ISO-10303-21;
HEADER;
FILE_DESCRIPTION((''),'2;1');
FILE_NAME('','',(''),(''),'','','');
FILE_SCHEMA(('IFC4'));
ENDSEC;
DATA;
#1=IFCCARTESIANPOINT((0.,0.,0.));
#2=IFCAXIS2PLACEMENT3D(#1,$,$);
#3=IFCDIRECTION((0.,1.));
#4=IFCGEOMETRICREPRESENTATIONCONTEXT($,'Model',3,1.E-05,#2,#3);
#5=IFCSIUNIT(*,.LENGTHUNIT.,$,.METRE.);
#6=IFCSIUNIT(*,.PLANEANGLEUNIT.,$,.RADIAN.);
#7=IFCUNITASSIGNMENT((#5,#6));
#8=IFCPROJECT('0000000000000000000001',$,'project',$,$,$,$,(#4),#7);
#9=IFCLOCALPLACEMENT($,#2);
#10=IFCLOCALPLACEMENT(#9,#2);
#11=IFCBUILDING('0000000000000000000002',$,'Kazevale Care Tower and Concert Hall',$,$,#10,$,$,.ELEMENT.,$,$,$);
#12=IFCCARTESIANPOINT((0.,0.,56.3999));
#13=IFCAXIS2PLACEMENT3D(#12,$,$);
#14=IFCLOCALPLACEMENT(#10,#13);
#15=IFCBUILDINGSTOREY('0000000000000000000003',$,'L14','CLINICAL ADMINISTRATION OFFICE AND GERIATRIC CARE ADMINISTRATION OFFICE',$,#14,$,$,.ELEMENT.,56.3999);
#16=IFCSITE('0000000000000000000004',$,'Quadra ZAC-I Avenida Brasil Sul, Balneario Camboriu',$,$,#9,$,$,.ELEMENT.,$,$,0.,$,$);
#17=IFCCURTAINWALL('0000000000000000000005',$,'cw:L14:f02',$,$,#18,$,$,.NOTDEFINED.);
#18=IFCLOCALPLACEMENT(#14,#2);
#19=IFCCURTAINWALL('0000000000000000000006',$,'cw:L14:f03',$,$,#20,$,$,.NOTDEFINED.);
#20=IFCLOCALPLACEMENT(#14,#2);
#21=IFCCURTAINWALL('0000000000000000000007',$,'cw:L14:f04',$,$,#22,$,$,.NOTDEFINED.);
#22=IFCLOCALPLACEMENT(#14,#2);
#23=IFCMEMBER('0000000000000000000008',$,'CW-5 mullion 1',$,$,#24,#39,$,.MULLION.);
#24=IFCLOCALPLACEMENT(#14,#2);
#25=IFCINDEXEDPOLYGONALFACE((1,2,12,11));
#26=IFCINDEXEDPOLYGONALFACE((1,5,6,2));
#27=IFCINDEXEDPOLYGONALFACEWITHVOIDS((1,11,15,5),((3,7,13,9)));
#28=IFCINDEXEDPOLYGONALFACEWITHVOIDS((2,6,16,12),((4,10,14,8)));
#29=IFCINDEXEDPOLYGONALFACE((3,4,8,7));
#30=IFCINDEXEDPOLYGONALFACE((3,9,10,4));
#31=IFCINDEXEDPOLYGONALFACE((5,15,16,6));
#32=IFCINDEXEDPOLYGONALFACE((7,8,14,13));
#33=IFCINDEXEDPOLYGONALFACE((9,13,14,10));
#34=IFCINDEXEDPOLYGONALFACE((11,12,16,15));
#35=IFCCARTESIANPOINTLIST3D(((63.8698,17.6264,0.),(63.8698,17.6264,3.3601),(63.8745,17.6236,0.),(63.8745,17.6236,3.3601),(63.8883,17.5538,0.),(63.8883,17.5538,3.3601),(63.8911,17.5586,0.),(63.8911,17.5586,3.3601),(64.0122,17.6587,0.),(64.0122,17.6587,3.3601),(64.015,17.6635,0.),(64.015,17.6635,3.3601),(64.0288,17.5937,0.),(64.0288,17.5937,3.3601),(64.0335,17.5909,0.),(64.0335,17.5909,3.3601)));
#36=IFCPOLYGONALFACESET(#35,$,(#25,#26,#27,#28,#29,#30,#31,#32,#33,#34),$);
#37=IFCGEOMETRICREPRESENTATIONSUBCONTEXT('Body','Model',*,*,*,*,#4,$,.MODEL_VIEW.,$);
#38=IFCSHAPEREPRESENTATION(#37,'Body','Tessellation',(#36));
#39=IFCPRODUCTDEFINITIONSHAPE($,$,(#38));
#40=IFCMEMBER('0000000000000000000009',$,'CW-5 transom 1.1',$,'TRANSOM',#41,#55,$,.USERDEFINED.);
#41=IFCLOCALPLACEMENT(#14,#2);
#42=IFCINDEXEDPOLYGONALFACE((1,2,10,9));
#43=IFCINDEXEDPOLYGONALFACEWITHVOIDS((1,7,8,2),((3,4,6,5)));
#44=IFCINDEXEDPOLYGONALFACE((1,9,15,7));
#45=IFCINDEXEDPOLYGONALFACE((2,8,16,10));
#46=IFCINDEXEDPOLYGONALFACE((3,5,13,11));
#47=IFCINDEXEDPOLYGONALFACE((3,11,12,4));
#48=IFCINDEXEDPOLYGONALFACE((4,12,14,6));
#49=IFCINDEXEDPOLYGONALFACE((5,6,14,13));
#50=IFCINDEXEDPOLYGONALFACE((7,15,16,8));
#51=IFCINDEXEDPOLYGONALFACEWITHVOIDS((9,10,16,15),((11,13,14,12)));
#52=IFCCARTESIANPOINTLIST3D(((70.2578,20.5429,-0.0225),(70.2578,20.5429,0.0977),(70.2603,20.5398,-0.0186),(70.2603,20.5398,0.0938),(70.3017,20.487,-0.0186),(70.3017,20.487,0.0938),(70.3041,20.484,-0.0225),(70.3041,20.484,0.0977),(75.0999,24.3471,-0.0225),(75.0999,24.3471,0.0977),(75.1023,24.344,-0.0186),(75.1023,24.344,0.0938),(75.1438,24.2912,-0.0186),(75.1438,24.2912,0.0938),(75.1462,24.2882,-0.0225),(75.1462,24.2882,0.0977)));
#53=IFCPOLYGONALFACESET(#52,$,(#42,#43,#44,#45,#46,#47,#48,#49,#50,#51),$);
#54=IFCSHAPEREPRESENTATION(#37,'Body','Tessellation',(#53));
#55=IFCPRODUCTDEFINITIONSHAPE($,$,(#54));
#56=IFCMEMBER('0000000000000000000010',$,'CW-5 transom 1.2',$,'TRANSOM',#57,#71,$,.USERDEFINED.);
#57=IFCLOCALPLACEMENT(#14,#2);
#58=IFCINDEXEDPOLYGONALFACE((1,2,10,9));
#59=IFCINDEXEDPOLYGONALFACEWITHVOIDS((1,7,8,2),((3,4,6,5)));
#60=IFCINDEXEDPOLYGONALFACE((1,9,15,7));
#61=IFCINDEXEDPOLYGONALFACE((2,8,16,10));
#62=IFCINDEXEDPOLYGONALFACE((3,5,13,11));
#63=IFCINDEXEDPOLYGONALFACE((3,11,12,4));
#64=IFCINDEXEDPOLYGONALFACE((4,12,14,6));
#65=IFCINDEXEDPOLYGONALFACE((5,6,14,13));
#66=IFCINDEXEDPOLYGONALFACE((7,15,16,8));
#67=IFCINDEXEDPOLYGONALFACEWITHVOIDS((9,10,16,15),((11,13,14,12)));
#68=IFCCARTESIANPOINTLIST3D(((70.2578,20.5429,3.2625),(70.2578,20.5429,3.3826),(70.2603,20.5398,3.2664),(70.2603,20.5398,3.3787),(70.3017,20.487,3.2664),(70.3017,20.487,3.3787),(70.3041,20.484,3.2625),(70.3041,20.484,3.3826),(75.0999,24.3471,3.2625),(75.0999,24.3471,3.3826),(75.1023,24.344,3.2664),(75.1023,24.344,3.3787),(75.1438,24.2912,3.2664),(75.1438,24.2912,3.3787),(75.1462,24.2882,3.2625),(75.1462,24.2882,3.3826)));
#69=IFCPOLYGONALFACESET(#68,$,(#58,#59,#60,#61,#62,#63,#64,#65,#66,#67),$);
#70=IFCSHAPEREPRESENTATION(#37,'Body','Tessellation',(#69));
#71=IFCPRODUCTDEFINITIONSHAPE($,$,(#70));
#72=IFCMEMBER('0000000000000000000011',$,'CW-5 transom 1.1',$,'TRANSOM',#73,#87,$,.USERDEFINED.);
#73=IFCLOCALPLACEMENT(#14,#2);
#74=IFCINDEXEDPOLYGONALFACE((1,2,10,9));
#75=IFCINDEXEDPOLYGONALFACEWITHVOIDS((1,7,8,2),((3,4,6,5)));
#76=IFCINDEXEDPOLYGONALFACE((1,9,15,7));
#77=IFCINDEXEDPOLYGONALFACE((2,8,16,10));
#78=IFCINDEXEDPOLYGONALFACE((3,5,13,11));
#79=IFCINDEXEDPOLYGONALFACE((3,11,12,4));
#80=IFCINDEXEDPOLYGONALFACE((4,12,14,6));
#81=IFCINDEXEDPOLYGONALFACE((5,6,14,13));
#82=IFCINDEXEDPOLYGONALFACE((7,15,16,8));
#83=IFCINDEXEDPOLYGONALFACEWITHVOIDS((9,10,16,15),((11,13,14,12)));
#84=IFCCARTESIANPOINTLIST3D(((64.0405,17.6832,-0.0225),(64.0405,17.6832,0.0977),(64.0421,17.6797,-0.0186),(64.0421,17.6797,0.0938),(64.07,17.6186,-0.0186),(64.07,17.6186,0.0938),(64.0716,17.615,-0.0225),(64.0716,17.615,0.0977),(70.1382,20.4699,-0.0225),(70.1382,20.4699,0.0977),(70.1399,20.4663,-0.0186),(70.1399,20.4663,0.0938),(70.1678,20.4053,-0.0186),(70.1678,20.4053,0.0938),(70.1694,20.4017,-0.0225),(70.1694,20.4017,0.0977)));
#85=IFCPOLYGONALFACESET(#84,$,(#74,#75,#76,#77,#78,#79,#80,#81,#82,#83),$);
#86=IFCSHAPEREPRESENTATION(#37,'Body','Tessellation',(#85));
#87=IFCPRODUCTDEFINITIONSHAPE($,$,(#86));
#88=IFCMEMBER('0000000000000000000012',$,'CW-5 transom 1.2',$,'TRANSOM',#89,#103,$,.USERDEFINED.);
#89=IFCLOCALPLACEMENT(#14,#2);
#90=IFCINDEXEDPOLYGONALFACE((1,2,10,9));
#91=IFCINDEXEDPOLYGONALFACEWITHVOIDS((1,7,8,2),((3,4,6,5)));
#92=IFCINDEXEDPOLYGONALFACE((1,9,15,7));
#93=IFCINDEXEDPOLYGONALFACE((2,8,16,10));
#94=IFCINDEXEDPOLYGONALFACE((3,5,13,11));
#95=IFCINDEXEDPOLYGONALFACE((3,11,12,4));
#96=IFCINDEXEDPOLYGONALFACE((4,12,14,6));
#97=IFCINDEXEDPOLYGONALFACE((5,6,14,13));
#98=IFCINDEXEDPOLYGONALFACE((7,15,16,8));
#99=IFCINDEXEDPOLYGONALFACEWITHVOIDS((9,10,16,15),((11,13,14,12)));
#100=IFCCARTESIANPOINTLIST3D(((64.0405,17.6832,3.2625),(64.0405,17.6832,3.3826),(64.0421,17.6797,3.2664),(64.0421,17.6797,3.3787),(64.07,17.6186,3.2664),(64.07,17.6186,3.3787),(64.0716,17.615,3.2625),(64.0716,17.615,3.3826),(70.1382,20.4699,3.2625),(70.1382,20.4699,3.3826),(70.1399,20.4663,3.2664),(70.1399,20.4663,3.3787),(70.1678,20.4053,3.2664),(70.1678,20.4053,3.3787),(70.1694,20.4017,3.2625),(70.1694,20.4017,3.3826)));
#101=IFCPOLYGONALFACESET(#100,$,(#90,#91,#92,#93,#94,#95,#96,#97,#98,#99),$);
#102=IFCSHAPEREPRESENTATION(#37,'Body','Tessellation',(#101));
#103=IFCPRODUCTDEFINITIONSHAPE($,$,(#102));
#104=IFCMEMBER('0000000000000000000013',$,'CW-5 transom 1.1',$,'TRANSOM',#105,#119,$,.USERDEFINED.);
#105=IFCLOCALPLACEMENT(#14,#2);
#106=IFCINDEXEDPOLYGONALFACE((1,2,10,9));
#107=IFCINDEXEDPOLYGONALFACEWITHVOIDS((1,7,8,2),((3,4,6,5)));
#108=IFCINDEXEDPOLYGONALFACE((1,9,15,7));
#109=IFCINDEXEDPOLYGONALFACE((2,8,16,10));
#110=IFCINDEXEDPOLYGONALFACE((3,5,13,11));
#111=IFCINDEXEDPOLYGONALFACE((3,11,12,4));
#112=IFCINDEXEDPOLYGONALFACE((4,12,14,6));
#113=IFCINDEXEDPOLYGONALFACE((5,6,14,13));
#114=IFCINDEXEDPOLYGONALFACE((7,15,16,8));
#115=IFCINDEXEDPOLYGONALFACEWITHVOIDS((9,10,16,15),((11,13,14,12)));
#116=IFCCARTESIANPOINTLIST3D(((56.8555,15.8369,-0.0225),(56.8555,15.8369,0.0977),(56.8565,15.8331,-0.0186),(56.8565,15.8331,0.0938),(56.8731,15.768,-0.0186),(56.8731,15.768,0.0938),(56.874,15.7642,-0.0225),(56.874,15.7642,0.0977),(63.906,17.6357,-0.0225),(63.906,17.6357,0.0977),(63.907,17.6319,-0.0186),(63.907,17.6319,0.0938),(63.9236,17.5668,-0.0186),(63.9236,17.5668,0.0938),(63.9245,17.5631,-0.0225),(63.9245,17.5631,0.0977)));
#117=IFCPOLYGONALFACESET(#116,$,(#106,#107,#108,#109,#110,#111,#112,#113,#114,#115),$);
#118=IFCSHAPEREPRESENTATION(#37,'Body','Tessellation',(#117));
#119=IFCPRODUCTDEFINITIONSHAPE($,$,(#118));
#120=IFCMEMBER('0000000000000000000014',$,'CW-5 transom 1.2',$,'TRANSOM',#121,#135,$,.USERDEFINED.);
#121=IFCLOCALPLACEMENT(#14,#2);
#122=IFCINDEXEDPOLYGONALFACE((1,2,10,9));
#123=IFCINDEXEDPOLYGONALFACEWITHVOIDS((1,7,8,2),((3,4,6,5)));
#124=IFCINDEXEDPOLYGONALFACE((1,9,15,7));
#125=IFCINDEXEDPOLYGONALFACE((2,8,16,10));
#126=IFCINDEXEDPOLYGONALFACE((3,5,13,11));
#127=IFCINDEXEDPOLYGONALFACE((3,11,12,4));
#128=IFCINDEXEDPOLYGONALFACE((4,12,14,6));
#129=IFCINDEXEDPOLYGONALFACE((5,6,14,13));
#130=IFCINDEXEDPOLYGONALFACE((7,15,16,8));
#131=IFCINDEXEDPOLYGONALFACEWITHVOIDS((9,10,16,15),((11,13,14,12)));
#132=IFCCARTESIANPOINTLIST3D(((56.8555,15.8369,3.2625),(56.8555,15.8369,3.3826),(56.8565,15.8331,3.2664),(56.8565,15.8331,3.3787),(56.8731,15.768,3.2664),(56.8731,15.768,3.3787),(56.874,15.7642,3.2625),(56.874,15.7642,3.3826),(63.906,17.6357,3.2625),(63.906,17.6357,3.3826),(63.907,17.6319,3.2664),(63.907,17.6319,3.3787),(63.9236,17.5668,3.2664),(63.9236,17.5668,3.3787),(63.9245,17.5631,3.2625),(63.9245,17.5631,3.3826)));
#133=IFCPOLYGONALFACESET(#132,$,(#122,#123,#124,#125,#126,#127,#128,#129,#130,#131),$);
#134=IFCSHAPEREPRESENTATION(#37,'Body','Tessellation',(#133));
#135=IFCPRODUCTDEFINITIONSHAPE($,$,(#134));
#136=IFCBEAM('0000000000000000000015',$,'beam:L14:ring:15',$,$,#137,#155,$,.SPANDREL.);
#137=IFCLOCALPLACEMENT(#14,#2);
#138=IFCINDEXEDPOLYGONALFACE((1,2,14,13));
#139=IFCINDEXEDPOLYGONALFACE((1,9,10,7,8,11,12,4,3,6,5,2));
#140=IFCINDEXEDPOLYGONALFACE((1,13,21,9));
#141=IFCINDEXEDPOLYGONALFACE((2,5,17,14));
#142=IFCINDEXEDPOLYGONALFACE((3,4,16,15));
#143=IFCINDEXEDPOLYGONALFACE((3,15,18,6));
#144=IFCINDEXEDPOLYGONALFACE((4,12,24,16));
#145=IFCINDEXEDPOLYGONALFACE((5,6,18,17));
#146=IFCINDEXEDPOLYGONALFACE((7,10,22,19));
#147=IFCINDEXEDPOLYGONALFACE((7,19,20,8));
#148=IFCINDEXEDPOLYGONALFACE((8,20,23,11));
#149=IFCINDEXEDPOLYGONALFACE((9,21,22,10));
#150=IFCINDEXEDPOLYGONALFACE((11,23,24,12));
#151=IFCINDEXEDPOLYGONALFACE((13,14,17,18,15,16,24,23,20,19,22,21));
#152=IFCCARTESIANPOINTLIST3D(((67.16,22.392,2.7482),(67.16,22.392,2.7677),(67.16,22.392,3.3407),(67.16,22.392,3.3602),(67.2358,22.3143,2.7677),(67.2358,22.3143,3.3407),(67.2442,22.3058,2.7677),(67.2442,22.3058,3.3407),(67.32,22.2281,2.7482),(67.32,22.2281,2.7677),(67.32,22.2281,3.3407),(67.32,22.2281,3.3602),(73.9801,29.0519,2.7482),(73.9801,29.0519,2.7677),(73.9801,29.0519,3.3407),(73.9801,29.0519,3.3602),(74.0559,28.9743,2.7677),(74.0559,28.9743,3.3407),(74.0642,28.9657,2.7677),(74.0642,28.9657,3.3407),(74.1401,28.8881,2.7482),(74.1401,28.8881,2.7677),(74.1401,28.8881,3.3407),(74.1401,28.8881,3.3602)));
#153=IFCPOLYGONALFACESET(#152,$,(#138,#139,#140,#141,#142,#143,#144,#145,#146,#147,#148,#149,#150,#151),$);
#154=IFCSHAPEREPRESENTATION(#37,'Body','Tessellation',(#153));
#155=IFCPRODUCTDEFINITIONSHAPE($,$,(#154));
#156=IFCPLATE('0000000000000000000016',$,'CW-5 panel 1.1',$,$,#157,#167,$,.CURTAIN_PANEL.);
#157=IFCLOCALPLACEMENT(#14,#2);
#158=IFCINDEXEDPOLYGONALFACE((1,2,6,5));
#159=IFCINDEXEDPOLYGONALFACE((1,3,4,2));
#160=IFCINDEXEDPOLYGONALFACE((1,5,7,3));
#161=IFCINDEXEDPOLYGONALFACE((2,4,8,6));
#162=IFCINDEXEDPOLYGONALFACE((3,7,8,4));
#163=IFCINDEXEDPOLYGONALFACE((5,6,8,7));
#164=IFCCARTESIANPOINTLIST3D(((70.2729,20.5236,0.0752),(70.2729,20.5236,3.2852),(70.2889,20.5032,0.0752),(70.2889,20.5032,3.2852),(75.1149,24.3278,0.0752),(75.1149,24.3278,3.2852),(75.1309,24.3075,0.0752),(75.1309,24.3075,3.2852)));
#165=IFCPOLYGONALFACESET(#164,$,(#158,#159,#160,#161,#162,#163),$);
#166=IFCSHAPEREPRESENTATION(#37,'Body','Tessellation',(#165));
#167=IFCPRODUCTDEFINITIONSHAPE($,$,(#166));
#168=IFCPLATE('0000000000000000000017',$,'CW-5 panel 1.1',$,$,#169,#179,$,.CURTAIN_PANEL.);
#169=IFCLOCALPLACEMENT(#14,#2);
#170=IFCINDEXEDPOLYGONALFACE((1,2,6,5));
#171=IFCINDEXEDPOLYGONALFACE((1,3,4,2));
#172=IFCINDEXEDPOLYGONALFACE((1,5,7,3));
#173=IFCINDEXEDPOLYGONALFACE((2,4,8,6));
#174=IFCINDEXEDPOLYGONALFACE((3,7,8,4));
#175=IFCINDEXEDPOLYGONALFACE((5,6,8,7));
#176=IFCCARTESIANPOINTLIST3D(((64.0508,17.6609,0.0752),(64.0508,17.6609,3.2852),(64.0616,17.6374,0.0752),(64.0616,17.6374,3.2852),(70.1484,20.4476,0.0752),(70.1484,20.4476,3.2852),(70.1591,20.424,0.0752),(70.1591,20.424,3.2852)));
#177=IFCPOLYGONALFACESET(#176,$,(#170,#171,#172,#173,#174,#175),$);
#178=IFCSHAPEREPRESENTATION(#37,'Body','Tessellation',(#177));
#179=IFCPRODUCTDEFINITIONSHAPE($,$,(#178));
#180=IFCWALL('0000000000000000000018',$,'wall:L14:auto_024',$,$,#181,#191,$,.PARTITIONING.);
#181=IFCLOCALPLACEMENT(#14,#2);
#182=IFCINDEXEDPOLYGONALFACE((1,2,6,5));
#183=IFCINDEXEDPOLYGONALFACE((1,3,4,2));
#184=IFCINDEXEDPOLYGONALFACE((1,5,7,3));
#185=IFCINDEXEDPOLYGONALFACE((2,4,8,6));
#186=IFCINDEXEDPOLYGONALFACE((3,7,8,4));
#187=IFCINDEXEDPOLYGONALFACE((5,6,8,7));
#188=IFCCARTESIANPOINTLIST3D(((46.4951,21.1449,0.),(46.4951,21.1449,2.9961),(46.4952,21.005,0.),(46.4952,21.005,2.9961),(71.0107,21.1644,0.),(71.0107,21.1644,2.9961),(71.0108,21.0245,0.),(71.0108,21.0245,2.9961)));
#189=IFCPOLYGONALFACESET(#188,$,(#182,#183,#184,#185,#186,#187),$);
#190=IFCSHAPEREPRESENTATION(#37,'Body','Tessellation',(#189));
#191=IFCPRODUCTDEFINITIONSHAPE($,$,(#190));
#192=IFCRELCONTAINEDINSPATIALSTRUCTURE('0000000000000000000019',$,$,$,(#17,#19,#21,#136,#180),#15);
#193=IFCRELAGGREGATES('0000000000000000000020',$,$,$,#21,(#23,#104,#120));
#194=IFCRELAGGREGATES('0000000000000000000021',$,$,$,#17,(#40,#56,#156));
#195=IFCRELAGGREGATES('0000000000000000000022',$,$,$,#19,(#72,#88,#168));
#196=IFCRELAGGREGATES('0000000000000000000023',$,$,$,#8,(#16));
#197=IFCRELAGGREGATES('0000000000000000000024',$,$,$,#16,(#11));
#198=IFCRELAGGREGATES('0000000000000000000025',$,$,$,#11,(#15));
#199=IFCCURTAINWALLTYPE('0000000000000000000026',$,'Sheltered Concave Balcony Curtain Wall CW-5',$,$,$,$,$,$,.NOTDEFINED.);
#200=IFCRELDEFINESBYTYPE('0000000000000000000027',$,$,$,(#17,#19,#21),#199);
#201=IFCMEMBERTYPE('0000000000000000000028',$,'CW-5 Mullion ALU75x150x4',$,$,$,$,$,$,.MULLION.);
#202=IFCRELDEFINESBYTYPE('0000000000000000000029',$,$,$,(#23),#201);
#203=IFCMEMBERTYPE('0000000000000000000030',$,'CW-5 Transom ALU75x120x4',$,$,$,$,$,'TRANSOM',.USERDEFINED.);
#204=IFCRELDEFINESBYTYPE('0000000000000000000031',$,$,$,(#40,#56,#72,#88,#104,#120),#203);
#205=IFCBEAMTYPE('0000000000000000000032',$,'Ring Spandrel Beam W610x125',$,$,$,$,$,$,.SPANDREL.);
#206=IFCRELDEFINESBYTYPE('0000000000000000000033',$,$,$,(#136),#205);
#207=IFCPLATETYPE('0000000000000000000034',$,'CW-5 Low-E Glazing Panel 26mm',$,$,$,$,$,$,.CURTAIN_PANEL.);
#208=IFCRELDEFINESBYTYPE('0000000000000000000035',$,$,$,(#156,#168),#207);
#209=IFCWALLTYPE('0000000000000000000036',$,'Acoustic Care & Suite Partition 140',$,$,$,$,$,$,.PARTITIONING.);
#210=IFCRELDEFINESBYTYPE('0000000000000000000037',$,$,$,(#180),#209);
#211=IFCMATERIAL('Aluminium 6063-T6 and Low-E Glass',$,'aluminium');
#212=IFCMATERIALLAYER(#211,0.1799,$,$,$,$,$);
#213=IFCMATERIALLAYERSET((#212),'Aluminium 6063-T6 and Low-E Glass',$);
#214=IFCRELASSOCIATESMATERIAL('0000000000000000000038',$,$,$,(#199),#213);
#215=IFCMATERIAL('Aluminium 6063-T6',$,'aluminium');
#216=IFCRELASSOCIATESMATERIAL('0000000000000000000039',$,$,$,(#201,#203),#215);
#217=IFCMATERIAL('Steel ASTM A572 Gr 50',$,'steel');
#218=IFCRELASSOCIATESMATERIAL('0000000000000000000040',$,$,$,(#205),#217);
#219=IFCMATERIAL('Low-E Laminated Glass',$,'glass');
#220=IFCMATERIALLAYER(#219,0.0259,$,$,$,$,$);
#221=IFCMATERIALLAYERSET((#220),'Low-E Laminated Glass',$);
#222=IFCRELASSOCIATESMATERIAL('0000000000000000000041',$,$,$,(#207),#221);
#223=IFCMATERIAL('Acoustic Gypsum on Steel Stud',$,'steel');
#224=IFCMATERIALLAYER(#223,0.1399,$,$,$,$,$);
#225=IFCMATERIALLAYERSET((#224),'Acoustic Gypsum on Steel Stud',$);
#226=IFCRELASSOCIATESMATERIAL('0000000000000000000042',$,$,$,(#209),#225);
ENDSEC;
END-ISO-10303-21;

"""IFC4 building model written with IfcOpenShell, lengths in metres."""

from ifc_helpers import new_model, si_unit, direction, frame, frame_2d, origin, origin_2d, place, context, subcontext, project, spatial, rectangle, hollow_rectangle, i_section, extrude, material, layer, layer_set, material_profile, profile_set, type_object, element, aggregate, save


model = new_model("IFC4")

# Units and contexts
model_context = context("Model", 3, precision=1e-05, world=origin(), true_north=direction((0.0, 1.0)))
body_context = subcontext(model_context, "Body", "Model", "MODEL_VIEW")
ifc_project = project(units=[si_unit("LENGTHUNIT", "METRE"), si_unit("PLANEANGLEUNIT", "RADIAN")], contexts=[model_context])

# Site, building, storey
site_placement = place(None, origin())
site = spatial("IfcSite", under=ifc_project, at=site_placement, Name="Quadra ZAC-I Avenida Brasil Sul, Balneario Camboriu", CompositionType="ELEMENT", RefElevation=0.0)
building_placement = place(site_placement, origin())
building = spatial("IfcBuilding", under=site, at=building_placement, Name="Kazevale Care Tower and Concert Hall", CompositionType="ELEMENT")
storey_placement = place(building_placement, frame((0.0, 0.0, 56.3999)))
storey = spatial("IfcBuildingStorey", under=building, at=storey_placement, Name="L14", Description="CLINICAL ADMINISTRATION OFFICE AND GERIATRIC CARE ADMINISTRATION OFFICE", CompositionType="ELEMENT", Elevation=56.3999)

# Shared definitions
ifc_material_1 = material(Name="Aluminium 6063-T6 and Low-E Glass", Category="aluminium")
ifc_material_2 = material(Name="Aluminium 6063-T6", Category="aluminium")

# Curtain walls
ifc_layer_1 = layer(ifc_material_1, 0.1799)
ifc_layer_set_1 = layer_set([ifc_layer_1], Name="Aluminium 6063-T6 and Low-E Glass")
curtain_wall_type_1 = type_object("IfcCurtainWallType", Name="Sheltered Concave Balcony Curtain Wall CW-5", PredefinedType="NOTDEFINED", material=ifc_layer_set_1)
curtain_wall_1_placement = place(storey_placement, origin())
curtain_wall_1 = element("IfcCurtainWall", 1, at=curtain_wall_1_placement, inside=storey, type_object=curtain_wall_type_1, Name="cw:L14:f02", PredefinedType="NOTDEFINED")
ifc_material_profile_1 = material_profile(ifc_material_2, hollow_rectangle(XDim=0.075, YDim=0.1499, WallThickness=0.0039, at=origin_2d()), Name="ALU75x150x4")
ifc_profile_set_1 = profile_set([ifc_material_profile_1], Name="Aluminium 6063-T6")
member_type_1 = type_object("IfcMemberType", Name="CW-5 Mullion ALU75x150x4", PredefinedType="MULLION", material=ifc_profile_set_1)
curtain_wall_2_placement = place(storey_placement, origin())
curtain_wall_2 = element("IfcCurtainWall", 2, at=curtain_wall_2_placement, inside=storey, type_object=curtain_wall_type_1, Name="cw:L14:f03", PredefinedType="NOTDEFINED")

# Curtain wall, member
curtain_wall_3_placement = place(storey_placement, origin())
curtain_wall_3 = element("IfcCurtainWall", 3, at=curtain_wall_3_placement, inside=storey, type_object=curtain_wall_type_1, Name="cw:L14:f04", PredefinedType="NOTDEFINED")
member_1_placement = place(storey_placement, frame((63.9517, 17.6086, 0.0), z_axis=(0.0, 0.0, 1.0), x_axis=(0.247222, -0.968959, 0.0)))
member_1 = element("IfcMember", 4, at=member_1_placement, type_object=member_type_1, Name="CW-5 mullion 1", PredefinedType="MULLION", context=body_context, shape_type="SweptSolid", body=[
    extrude(hollow_rectangle(XDim=0.075, YDim=0.1499, WallThickness=0.0039, at=origin_2d()), origin(), (0.0, 0.0, 1.0), 3.3601),
])

# Members
ifc_material_profile_2 = material_profile(ifc_material_2, hollow_rectangle(XDim=0.075, YDim=0.1201, WallThickness=0.0039, at=origin_2d()), Name="ALU75x120x4")
ifc_profile_set_2 = profile_set([ifc_material_profile_2], Name="Aluminium 6063-T6")
member_type_2 = type_object("IfcMemberType", Name="CW-5 Transom ALU75x120x4", ElementType="TRANSOM", PredefinedType="USERDEFINED", material=ifc_profile_set_2)
member_2_placement = place(storey_placement, frame((75.123, 24.3176, 0.0376), z_axis=(-0.786339, -0.617795, 0.0), x_axis=(0.617795, -0.786339, 0.0)))
member_2 = element("IfcMember", 5, at=member_2_placement, type_object=member_type_2, Name="CW-5 transom 1.1", ObjectType="TRANSOM", PredefinedType="USERDEFINED", context=body_context, shape_type="SweptSolid", body=[
    extrude(hollow_rectangle(XDim=0.075, YDim=0.1201, WallThickness=0.0039, at=origin_2d()), origin(), (0.0, 0.0, 1.0), 6.1577),
])
member_3_placement = place(storey_placement, frame((75.123, 24.3176, 3.3225), z_axis=(-0.786339, -0.617795, 0.0), x_axis=(0.617795, -0.786339, 0.0)))
member_3 = element("IfcMember", 6, at=member_3_placement, type_object=member_type_2, Name="CW-5 transom 1.2", ObjectType="TRANSOM", PredefinedType="USERDEFINED", context=body_context, shape_type="SweptSolid", body=[
    extrude(hollow_rectangle(XDim=0.075, YDim=0.1201, WallThickness=0.0039, at=origin_2d()), origin(), (0.0, 0.0, 1.0), 6.1577),
])
member_4_placement = place(storey_placement, frame((70.1538, 20.4358, 0.0376), z_axis=(-0.909524, -0.415651, 0.0), x_axis=(0.415651, -0.909524, 0.0)))
member_4 = element("IfcMember", 7, at=member_4_placement, type_object=member_type_2, Name="CW-5 transom 1.1", ObjectType="TRANSOM", PredefinedType="USERDEFINED", context=body_context, shape_type="SweptSolid", body=[
    extrude(hollow_rectangle(XDim=0.075, YDim=0.1201, WallThickness=0.0039, at=origin_2d()), origin(), (0.0, 0.0, 1.0), 6.7043),
])
member_5_placement = place(storey_placement, frame((70.1538, 20.4358, 3.3225), z_axis=(-0.909524, -0.415651, 0.0), x_axis=(0.415651, -0.909524, 0.0)))
member_5 = element("IfcMember", 8, at=member_5_placement, type_object=member_type_2, Name="CW-5 transom 1.2", ObjectType="TRANSOM", PredefinedType="USERDEFINED", context=body_context, shape_type="SweptSolid", body=[
    extrude(hollow_rectangle(XDim=0.075, YDim=0.1201, WallThickness=0.0039, at=origin_2d()), origin(), (0.0, 0.0, 1.0), 6.7043),
])
member_6_placement = place(storey_placement, frame((63.9153, 17.5994, 0.0376), z_axis=(-0.968961, -0.247214, 0.0), x_axis=(0.247214, -0.968961, 0.0)))
member_6 = element("IfcMember", 9, at=member_6_placement, type_object=member_type_2, Name="CW-5 transom 1.1", ObjectType="TRANSOM", PredefinedType="USERDEFINED", context=body_context, shape_type="SweptSolid", body=[
    extrude(hollow_rectangle(XDim=0.075, YDim=0.1201, WallThickness=0.0039, at=origin_2d()), origin(), (0.0, 0.0, 1.0), 7.2764),
])
member_7_placement = place(storey_placement, frame((63.9153, 17.5994, 3.3225), z_axis=(-0.968961, -0.247214, 0.0), x_axis=(0.247214, -0.968961, 0.0)))
member_7 = element("IfcMember", 10, at=member_7_placement, type_object=member_type_2, Name="CW-5 transom 1.2", ObjectType="TRANSOM", PredefinedType="USERDEFINED", context=body_context, shape_type="SweptSolid", body=[
    extrude(hollow_rectangle(XDim=0.075, YDim=0.1201, WallThickness=0.0039, at=origin_2d()), origin(), (0.0, 0.0, 1.0), 7.2764),
])
aggregate(curtain_wall_3, [member_1, member_6, member_7])

# Beam
ifc_material_3 = material(Name="Steel ASTM A572 Gr 50", Category="steel")
ifc_material_profile_3 = material_profile(ifc_material_3, i_section(OverallWidth=0.229, OverallDepth=0.6121, WebThickness=0.012, FlangeThickness=0.0195, at=origin_2d()), Name="W610x125")
ifc_profile_set_3 = profile_set([ifc_material_profile_3], Name="Steel ASTM A572 Gr 50")
beam_type = type_object("IfcBeamType", Name="Ring Spandrel Beam W610x125", PredefinedType="SPANDREL", material=ifc_profile_set_3)
beam_placement = place(storey_placement, frame((67.24, 22.3101, 3.0542), z_axis=(0.715457, 0.698656, 0.0), x_axis=(-0.698656, 0.715457, 0.0)))
element("IfcBeam", 11, at=beam_placement, inside=storey, type_object=beam_type, Name="beam:L14:ring:15", PredefinedType="SPANDREL", context=body_context, shape_type="SweptSolid", body=[
    extrude(i_section(OverallWidth=0.229, OverallDepth=0.6121, WebThickness=0.012, FlangeThickness=0.0195, at=origin_2d()), origin(), (0.0, 0.0, 1.0), 9.5325),
])

# Plates
ifc_material_4 = material(Name="Low-E Laminated Glass", Category="glass")
ifc_layer_2 = layer(ifc_material_4, 0.0259)
ifc_layer_set_2 = layer_set([ifc_layer_2], Name="Low-E Laminated Glass")
plate_type = type_object("IfcPlateType", Name="CW-5 Low-E Glazing Panel 26mm", PredefinedType="CURTAIN_PANEL", material=ifc_layer_set_2)
plate_1_placement = place(storey_placement, frame((72.7019, 22.4155, 0.0752), z_axis=(0.0, 0.0, 1.0), x_axis=(-0.786329, -0.617808, 0.0)))
plate_1 = element("IfcPlate", 12, at=plate_1_placement, type_object=plate_type, Name="CW-5 panel 1.1", PredefinedType="CURTAIN_PANEL", context=body_context, shape_type="SweptSolid", body=[
    extrude(rectangle(XDim=6.1577, YDim=0.0259, at=origin_2d()), origin(), (0.0, 0.0, 1.0), 3.21),
])
aggregate(curtain_wall_1, [member_2, member_3, plate_1])
plate_2_placement = place(storey_placement, frame((67.105, 19.0425, 0.0752), z_axis=(0.0, 0.0, 1.0), x_axis=(-0.90952, -0.41566, 0.0)))
plate_2 = element("IfcPlate", 13, at=plate_2_placement, type_object=plate_type, Name="CW-5 panel 1.1", PredefinedType="CURTAIN_PANEL", context=body_context, shape_type="SweptSolid", body=[
    extrude(rectangle(XDim=6.7041, YDim=0.0259, at=origin_2d()), origin(), (0.0, 0.0, 1.0), 3.21),
])
aggregate(curtain_wall_2, [member_4, member_5, plate_2])

# Wall
ifc_material_5 = material(Name="Acoustic Gypsum on Steel Stud", Category="steel")
ifc_layer_3 = layer(ifc_material_5, 0.1399)
ifc_layer_set_3 = layer_set([ifc_layer_3], Name="Acoustic Gypsum on Steel Stud")
wall_type = type_object("IfcWallType", Name="Acoustic Care & Suite Partition 140", PredefinedType="PARTITIONING", material=ifc_layer_set_3)
wall_placement = place(storey_placement, frame((71.0107, 21.0945, 0.0), z_axis=(0.0, 0.0, 1.0), x_axis=(-1.0, -0.000797, 0.0)))
element("IfcWall", 14, at=wall_placement, inside=storey, type_object=wall_type, Name="wall:L14:auto_024", PredefinedType="PARTITIONING", context=body_context, shape_type="SweptSolid", body=[
    extrude(rectangle(XDim=24.5156, YDim=0.1399, at=frame_2d((12.2578, 0.0))), origin(), (0.0, 0.0, 1.0), 2.9961),
])

save(model, "model.ifc")
